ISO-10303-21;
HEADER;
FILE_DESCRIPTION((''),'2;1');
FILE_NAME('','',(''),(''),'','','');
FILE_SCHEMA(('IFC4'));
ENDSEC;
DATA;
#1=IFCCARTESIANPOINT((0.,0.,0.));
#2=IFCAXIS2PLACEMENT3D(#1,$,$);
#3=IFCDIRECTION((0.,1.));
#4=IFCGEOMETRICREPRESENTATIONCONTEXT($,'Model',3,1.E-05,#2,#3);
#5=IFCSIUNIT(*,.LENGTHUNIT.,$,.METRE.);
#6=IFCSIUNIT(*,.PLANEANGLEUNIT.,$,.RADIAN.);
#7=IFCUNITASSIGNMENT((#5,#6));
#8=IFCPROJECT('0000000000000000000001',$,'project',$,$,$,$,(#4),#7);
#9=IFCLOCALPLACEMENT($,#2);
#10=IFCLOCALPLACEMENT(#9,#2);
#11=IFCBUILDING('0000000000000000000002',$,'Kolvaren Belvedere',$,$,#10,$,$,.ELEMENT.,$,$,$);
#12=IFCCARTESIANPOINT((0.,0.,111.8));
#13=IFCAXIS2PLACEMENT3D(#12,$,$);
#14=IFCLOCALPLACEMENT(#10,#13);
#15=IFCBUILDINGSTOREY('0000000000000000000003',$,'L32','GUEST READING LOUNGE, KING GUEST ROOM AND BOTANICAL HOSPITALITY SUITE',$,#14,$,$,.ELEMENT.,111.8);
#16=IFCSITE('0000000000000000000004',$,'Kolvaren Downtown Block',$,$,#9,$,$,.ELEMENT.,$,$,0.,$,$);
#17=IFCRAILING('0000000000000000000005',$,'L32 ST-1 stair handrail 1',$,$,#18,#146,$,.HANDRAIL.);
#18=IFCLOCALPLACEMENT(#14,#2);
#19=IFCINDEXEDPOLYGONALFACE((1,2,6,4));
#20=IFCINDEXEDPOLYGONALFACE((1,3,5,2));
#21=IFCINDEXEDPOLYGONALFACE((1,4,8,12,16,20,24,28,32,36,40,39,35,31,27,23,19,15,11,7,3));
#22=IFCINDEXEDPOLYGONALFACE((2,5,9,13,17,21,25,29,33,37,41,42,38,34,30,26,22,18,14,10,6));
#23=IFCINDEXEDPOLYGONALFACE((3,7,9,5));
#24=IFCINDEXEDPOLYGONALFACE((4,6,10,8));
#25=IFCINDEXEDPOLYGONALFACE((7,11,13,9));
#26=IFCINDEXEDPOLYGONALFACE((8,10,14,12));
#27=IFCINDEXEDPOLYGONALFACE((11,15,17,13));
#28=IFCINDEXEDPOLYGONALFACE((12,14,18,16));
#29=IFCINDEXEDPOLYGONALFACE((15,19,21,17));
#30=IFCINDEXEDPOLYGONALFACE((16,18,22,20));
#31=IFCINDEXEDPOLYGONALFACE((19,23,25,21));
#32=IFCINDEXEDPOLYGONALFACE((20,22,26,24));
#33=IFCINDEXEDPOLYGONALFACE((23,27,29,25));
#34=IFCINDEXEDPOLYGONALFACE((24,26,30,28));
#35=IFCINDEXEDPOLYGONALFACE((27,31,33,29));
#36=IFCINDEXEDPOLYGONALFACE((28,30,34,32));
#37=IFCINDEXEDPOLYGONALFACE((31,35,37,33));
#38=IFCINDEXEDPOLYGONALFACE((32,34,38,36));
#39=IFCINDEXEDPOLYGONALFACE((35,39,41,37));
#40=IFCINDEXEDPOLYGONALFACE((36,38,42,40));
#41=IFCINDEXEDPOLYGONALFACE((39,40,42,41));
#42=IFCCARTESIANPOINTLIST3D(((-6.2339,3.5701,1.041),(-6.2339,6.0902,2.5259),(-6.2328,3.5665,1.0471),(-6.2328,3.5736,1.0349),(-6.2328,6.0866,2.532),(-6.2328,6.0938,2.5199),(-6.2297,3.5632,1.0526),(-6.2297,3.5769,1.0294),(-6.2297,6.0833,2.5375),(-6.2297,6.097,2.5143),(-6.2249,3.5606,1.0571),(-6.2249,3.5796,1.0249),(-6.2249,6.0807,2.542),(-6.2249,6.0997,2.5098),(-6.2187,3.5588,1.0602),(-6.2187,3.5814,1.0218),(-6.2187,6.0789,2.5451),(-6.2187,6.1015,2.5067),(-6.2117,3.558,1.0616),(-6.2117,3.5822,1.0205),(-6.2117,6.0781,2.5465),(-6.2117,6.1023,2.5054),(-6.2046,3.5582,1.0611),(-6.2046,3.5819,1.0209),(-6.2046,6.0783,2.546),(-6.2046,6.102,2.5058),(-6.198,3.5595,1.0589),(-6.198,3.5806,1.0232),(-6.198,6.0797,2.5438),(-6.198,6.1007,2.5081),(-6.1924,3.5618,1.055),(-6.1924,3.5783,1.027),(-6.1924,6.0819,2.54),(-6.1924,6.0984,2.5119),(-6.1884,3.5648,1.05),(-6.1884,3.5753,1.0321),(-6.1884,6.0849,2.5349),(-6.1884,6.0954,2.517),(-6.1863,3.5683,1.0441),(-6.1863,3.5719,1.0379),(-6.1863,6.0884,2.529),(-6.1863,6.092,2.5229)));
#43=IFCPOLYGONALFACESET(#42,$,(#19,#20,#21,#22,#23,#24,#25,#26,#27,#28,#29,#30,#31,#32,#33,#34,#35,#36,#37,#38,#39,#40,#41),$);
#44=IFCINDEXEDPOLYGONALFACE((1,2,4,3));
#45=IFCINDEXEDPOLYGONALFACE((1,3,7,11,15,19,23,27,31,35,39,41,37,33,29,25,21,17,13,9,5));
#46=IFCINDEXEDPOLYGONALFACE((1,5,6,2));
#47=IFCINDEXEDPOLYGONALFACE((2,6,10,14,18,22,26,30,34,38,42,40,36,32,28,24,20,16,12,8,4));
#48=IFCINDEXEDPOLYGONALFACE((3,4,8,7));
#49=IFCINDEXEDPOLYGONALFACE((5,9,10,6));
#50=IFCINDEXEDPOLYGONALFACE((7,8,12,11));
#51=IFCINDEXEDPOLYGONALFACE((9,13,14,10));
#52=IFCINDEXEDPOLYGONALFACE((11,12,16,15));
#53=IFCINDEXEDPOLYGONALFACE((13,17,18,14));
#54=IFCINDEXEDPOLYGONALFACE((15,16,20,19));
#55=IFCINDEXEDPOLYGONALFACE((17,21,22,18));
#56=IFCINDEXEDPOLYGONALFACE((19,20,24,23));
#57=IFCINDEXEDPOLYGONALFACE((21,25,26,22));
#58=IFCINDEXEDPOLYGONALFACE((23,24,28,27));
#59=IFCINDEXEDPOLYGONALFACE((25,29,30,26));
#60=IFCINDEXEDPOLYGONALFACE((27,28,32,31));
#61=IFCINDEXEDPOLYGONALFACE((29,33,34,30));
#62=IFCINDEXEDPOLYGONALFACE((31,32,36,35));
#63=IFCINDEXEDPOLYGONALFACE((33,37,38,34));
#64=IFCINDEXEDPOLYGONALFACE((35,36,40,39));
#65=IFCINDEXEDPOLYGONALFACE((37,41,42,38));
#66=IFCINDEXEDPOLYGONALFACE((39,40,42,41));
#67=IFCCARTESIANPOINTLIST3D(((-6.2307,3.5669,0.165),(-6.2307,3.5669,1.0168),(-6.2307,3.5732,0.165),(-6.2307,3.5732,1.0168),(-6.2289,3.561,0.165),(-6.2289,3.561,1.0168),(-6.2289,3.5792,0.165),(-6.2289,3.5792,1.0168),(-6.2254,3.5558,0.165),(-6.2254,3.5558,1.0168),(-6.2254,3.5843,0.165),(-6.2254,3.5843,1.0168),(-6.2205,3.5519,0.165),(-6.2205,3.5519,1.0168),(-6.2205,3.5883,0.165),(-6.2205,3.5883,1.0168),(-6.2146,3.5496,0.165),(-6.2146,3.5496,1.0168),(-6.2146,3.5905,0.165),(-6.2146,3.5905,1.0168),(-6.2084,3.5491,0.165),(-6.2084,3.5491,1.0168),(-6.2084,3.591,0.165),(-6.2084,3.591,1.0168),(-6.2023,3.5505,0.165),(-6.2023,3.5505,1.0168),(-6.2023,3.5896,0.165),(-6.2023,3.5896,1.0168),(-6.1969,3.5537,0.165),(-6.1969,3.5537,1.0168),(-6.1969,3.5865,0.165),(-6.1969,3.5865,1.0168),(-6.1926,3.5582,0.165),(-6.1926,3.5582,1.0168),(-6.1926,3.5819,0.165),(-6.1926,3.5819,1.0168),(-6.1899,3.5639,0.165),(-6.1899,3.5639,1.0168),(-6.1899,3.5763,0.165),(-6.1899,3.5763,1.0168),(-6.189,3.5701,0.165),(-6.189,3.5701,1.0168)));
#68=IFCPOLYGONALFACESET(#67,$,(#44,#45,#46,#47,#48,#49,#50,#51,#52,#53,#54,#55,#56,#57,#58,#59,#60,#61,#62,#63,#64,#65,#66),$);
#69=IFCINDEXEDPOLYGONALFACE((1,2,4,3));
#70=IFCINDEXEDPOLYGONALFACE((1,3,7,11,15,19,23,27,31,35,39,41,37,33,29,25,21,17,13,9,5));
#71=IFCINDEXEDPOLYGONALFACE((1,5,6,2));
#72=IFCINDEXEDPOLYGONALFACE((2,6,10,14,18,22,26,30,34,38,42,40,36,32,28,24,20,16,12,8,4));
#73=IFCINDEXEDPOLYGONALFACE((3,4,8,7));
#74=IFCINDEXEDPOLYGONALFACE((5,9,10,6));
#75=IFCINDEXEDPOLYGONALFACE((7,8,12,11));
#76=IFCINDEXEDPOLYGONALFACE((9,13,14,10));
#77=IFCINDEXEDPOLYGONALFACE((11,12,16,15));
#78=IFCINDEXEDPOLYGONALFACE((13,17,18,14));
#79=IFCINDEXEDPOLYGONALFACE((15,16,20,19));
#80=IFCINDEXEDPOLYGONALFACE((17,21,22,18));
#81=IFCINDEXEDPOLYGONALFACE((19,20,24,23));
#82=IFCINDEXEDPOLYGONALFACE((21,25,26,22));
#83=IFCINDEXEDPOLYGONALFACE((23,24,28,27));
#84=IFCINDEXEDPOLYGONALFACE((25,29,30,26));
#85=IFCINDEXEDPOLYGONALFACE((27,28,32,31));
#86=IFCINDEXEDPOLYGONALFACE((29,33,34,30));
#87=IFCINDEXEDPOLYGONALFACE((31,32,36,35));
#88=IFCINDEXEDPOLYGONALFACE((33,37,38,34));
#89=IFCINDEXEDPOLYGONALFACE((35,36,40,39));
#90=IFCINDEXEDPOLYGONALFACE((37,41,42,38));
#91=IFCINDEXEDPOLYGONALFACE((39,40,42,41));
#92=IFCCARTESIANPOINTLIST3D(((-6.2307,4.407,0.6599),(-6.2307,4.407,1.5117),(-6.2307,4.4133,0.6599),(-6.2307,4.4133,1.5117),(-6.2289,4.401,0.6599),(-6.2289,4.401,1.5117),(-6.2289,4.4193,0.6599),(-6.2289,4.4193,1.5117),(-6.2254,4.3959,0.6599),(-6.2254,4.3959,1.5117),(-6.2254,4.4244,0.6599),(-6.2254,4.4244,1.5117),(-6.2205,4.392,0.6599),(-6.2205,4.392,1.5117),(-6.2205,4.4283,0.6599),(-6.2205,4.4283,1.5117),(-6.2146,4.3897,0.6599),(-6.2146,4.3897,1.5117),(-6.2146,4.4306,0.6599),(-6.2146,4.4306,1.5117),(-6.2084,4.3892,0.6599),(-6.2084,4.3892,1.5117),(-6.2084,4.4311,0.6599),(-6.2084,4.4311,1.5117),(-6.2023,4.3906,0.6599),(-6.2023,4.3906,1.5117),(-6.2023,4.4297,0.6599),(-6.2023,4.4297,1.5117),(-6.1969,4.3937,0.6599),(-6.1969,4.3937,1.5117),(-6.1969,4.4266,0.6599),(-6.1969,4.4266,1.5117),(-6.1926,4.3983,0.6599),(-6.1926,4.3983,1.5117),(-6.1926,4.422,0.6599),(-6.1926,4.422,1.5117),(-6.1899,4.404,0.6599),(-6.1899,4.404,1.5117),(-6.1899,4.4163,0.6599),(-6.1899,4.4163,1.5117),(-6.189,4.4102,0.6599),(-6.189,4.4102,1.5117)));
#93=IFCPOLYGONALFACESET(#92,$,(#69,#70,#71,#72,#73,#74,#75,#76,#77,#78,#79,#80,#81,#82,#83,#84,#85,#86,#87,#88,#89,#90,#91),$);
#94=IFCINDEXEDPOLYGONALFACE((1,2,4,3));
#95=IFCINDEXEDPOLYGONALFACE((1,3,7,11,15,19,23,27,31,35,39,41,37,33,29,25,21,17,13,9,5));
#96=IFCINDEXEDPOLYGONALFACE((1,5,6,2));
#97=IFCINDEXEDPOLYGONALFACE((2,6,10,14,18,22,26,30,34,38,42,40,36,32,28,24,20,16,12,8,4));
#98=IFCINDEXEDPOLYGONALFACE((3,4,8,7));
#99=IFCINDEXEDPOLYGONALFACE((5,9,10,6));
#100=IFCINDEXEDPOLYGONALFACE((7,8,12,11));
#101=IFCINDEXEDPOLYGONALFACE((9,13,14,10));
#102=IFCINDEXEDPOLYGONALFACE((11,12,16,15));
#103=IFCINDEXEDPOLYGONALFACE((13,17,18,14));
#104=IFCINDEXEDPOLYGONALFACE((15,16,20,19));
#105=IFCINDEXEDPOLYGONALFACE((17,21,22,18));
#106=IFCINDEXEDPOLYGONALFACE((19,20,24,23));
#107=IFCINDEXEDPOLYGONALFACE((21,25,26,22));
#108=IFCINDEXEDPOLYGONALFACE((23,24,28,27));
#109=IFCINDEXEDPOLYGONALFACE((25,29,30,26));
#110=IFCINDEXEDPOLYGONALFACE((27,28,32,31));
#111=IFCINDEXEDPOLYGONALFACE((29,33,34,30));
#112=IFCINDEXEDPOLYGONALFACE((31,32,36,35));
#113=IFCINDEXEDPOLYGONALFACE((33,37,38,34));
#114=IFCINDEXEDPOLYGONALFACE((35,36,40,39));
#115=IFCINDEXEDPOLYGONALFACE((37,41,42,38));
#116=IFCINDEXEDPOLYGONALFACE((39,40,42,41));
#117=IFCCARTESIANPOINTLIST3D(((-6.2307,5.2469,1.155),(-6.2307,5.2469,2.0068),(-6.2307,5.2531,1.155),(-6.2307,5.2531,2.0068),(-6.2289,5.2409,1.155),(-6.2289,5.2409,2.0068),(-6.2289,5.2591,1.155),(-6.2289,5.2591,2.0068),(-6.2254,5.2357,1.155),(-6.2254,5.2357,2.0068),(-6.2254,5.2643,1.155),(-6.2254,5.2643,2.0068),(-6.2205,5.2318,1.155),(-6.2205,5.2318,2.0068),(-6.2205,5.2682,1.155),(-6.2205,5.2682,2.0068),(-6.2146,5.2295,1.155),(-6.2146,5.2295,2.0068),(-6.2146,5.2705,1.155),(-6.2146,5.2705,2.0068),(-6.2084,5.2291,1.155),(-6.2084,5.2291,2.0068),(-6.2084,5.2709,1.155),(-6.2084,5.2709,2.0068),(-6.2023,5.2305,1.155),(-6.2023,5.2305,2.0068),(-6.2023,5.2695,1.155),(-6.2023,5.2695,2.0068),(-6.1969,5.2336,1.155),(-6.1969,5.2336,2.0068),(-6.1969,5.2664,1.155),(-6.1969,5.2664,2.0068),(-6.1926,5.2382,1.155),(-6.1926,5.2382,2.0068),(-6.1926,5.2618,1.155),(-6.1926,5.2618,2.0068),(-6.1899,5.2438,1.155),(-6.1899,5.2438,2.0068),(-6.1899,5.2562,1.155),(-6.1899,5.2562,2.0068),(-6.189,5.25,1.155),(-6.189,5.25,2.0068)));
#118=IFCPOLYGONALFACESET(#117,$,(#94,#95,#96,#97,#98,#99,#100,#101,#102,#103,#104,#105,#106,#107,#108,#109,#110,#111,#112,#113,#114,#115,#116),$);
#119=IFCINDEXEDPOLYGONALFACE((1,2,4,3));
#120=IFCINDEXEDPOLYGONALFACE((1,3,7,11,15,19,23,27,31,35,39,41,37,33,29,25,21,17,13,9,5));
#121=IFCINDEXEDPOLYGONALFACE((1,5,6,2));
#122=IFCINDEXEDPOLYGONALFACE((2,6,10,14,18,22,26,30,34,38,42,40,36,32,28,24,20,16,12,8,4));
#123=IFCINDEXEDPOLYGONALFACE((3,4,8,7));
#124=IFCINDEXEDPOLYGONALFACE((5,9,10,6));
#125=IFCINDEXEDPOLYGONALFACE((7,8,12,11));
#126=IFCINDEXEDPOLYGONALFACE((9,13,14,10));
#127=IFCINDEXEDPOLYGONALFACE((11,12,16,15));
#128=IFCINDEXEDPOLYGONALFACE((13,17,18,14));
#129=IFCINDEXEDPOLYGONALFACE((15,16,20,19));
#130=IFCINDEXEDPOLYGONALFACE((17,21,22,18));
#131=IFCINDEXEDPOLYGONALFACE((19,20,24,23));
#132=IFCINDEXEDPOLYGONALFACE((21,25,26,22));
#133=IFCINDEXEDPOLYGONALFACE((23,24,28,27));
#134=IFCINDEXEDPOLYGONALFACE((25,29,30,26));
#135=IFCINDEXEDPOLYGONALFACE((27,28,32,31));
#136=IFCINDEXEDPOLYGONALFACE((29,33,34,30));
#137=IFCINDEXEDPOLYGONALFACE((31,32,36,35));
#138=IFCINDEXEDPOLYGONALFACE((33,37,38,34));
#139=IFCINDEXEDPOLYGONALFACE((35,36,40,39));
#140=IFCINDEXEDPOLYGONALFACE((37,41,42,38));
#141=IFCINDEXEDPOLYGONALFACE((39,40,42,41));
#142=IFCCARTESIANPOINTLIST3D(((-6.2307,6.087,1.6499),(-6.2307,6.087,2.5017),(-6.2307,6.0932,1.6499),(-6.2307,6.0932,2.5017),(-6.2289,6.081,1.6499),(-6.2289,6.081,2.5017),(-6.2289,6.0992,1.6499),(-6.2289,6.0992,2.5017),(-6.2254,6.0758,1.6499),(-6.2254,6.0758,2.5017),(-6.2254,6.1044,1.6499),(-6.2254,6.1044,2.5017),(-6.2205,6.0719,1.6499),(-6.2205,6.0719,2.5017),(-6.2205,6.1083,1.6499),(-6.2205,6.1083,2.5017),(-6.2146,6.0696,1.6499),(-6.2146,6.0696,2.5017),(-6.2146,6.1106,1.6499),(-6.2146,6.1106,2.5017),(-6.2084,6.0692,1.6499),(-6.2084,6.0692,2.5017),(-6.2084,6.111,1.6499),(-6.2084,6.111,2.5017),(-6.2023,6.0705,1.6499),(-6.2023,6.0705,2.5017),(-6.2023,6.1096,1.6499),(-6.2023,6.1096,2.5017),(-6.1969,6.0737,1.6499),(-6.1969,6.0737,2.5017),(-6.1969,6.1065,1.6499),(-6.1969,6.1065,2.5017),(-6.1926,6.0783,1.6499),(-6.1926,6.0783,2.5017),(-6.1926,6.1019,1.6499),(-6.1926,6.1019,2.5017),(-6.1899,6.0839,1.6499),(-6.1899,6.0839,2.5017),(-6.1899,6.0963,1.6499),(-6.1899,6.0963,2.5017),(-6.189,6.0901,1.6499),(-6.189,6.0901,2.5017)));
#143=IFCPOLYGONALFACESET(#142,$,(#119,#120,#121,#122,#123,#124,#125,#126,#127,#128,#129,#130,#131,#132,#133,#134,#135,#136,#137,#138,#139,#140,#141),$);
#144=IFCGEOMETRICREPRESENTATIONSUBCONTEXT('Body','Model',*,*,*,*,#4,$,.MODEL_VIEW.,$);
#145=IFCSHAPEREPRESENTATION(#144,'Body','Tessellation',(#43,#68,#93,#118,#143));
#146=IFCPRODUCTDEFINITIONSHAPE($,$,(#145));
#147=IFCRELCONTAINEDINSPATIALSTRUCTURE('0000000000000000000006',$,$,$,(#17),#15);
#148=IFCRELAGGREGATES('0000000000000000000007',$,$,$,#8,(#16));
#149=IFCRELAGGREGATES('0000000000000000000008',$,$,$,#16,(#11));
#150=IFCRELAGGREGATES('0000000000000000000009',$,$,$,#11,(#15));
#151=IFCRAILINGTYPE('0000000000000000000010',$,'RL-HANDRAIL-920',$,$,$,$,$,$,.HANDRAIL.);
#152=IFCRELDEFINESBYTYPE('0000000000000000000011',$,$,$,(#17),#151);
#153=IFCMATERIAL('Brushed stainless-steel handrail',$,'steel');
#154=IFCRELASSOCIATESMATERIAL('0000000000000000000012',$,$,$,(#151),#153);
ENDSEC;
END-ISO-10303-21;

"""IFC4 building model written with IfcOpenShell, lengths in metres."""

from ifc_helpers import new_model, si_unit, direction, frame, origin, origin_2d, place, context, subcontext, project, spatial, circle, extrude, material, type_object, element, save


model = new_model("IFC4")

# Units and contexts
model_context = context("Model", 3, precision=1e-05, world=origin(), true_north=direction((0.0, 1.0)))
body_context = subcontext(model_context, "Body", "Model", "MODEL_VIEW")
ifc_project = project(units=[si_unit("LENGTHUNIT", "METRE"), si_unit("PLANEANGLEUNIT", "RADIAN")], contexts=[model_context])

# Site, building, storey
site_placement = place(None, origin())
site = spatial("IfcSite", under=ifc_project, at=site_placement, Name="Kolvaren Downtown Block", CompositionType="ELEMENT", RefElevation=0.0)
building_placement = place(site_placement, origin())
building = spatial("IfcBuilding", under=site, at=building_placement, Name="Kolvaren Belvedere", CompositionType="ELEMENT")
storey_placement = place(building_placement, frame((0.0, 0.0, 111.8)))
storey = spatial("IfcBuildingStorey", under=building, at=storey_placement, Name="L32", Description="GUEST READING LOUNGE, KING GUEST ROOM AND BOTANICAL HOSPITALITY SUITE", CompositionType="ELEMENT", Elevation=111.8)

# Railing
ifc_material_1 = material(Name="Brushed stainless-steel handrail", Category="steel")
railing_type_1 = type_object("IfcRailingType", Name="RL-HANDRAIL-920", PredefinedType="HANDRAIL", material=ifc_material_1)
railing_1_placement = place(storey_placement, frame((-6.21, 3.5701, 0.165)))
element("IfcRailing", 1, at=railing_1_placement, inside=storey, type_object=railing_type_1, Name="L32 ST-1 stair handrail 1", PredefinedType="HANDRAIL", context=body_context, shape_type="SweptSolid", body=[
    extrude(circle(Radius=0.0239, at=origin_2d()), frame((0.0, 0.0, 0.876), z_axis=(0.0, 0.861561, 0.507655), x_axis=(-1.0, 0.0, 0.0)), (0.0, 0.0, 1.0), 2.925),
    extrude(circle(Radius=0.021, at=origin_2d()), origin(), (0.0, 0.0, 1.0), 0.8518),
    extrude(circle(Radius=0.021, at=origin_2d()), frame((0.0, 0.8401, 0.4949)), (0.0, 0.0, 1.0), 0.8518),
    extrude(circle(Radius=0.021, at=origin_2d()), frame((0.0, 1.6799, 0.99)), (0.0, 0.0, 1.0), 0.8518),
    extrude(circle(Radius=0.021, at=origin_2d()), frame((0.0, 2.52, 1.4849)), (0.0, 0.0, 1.0), 0.8518),
])

save(model, "model.ifc")
